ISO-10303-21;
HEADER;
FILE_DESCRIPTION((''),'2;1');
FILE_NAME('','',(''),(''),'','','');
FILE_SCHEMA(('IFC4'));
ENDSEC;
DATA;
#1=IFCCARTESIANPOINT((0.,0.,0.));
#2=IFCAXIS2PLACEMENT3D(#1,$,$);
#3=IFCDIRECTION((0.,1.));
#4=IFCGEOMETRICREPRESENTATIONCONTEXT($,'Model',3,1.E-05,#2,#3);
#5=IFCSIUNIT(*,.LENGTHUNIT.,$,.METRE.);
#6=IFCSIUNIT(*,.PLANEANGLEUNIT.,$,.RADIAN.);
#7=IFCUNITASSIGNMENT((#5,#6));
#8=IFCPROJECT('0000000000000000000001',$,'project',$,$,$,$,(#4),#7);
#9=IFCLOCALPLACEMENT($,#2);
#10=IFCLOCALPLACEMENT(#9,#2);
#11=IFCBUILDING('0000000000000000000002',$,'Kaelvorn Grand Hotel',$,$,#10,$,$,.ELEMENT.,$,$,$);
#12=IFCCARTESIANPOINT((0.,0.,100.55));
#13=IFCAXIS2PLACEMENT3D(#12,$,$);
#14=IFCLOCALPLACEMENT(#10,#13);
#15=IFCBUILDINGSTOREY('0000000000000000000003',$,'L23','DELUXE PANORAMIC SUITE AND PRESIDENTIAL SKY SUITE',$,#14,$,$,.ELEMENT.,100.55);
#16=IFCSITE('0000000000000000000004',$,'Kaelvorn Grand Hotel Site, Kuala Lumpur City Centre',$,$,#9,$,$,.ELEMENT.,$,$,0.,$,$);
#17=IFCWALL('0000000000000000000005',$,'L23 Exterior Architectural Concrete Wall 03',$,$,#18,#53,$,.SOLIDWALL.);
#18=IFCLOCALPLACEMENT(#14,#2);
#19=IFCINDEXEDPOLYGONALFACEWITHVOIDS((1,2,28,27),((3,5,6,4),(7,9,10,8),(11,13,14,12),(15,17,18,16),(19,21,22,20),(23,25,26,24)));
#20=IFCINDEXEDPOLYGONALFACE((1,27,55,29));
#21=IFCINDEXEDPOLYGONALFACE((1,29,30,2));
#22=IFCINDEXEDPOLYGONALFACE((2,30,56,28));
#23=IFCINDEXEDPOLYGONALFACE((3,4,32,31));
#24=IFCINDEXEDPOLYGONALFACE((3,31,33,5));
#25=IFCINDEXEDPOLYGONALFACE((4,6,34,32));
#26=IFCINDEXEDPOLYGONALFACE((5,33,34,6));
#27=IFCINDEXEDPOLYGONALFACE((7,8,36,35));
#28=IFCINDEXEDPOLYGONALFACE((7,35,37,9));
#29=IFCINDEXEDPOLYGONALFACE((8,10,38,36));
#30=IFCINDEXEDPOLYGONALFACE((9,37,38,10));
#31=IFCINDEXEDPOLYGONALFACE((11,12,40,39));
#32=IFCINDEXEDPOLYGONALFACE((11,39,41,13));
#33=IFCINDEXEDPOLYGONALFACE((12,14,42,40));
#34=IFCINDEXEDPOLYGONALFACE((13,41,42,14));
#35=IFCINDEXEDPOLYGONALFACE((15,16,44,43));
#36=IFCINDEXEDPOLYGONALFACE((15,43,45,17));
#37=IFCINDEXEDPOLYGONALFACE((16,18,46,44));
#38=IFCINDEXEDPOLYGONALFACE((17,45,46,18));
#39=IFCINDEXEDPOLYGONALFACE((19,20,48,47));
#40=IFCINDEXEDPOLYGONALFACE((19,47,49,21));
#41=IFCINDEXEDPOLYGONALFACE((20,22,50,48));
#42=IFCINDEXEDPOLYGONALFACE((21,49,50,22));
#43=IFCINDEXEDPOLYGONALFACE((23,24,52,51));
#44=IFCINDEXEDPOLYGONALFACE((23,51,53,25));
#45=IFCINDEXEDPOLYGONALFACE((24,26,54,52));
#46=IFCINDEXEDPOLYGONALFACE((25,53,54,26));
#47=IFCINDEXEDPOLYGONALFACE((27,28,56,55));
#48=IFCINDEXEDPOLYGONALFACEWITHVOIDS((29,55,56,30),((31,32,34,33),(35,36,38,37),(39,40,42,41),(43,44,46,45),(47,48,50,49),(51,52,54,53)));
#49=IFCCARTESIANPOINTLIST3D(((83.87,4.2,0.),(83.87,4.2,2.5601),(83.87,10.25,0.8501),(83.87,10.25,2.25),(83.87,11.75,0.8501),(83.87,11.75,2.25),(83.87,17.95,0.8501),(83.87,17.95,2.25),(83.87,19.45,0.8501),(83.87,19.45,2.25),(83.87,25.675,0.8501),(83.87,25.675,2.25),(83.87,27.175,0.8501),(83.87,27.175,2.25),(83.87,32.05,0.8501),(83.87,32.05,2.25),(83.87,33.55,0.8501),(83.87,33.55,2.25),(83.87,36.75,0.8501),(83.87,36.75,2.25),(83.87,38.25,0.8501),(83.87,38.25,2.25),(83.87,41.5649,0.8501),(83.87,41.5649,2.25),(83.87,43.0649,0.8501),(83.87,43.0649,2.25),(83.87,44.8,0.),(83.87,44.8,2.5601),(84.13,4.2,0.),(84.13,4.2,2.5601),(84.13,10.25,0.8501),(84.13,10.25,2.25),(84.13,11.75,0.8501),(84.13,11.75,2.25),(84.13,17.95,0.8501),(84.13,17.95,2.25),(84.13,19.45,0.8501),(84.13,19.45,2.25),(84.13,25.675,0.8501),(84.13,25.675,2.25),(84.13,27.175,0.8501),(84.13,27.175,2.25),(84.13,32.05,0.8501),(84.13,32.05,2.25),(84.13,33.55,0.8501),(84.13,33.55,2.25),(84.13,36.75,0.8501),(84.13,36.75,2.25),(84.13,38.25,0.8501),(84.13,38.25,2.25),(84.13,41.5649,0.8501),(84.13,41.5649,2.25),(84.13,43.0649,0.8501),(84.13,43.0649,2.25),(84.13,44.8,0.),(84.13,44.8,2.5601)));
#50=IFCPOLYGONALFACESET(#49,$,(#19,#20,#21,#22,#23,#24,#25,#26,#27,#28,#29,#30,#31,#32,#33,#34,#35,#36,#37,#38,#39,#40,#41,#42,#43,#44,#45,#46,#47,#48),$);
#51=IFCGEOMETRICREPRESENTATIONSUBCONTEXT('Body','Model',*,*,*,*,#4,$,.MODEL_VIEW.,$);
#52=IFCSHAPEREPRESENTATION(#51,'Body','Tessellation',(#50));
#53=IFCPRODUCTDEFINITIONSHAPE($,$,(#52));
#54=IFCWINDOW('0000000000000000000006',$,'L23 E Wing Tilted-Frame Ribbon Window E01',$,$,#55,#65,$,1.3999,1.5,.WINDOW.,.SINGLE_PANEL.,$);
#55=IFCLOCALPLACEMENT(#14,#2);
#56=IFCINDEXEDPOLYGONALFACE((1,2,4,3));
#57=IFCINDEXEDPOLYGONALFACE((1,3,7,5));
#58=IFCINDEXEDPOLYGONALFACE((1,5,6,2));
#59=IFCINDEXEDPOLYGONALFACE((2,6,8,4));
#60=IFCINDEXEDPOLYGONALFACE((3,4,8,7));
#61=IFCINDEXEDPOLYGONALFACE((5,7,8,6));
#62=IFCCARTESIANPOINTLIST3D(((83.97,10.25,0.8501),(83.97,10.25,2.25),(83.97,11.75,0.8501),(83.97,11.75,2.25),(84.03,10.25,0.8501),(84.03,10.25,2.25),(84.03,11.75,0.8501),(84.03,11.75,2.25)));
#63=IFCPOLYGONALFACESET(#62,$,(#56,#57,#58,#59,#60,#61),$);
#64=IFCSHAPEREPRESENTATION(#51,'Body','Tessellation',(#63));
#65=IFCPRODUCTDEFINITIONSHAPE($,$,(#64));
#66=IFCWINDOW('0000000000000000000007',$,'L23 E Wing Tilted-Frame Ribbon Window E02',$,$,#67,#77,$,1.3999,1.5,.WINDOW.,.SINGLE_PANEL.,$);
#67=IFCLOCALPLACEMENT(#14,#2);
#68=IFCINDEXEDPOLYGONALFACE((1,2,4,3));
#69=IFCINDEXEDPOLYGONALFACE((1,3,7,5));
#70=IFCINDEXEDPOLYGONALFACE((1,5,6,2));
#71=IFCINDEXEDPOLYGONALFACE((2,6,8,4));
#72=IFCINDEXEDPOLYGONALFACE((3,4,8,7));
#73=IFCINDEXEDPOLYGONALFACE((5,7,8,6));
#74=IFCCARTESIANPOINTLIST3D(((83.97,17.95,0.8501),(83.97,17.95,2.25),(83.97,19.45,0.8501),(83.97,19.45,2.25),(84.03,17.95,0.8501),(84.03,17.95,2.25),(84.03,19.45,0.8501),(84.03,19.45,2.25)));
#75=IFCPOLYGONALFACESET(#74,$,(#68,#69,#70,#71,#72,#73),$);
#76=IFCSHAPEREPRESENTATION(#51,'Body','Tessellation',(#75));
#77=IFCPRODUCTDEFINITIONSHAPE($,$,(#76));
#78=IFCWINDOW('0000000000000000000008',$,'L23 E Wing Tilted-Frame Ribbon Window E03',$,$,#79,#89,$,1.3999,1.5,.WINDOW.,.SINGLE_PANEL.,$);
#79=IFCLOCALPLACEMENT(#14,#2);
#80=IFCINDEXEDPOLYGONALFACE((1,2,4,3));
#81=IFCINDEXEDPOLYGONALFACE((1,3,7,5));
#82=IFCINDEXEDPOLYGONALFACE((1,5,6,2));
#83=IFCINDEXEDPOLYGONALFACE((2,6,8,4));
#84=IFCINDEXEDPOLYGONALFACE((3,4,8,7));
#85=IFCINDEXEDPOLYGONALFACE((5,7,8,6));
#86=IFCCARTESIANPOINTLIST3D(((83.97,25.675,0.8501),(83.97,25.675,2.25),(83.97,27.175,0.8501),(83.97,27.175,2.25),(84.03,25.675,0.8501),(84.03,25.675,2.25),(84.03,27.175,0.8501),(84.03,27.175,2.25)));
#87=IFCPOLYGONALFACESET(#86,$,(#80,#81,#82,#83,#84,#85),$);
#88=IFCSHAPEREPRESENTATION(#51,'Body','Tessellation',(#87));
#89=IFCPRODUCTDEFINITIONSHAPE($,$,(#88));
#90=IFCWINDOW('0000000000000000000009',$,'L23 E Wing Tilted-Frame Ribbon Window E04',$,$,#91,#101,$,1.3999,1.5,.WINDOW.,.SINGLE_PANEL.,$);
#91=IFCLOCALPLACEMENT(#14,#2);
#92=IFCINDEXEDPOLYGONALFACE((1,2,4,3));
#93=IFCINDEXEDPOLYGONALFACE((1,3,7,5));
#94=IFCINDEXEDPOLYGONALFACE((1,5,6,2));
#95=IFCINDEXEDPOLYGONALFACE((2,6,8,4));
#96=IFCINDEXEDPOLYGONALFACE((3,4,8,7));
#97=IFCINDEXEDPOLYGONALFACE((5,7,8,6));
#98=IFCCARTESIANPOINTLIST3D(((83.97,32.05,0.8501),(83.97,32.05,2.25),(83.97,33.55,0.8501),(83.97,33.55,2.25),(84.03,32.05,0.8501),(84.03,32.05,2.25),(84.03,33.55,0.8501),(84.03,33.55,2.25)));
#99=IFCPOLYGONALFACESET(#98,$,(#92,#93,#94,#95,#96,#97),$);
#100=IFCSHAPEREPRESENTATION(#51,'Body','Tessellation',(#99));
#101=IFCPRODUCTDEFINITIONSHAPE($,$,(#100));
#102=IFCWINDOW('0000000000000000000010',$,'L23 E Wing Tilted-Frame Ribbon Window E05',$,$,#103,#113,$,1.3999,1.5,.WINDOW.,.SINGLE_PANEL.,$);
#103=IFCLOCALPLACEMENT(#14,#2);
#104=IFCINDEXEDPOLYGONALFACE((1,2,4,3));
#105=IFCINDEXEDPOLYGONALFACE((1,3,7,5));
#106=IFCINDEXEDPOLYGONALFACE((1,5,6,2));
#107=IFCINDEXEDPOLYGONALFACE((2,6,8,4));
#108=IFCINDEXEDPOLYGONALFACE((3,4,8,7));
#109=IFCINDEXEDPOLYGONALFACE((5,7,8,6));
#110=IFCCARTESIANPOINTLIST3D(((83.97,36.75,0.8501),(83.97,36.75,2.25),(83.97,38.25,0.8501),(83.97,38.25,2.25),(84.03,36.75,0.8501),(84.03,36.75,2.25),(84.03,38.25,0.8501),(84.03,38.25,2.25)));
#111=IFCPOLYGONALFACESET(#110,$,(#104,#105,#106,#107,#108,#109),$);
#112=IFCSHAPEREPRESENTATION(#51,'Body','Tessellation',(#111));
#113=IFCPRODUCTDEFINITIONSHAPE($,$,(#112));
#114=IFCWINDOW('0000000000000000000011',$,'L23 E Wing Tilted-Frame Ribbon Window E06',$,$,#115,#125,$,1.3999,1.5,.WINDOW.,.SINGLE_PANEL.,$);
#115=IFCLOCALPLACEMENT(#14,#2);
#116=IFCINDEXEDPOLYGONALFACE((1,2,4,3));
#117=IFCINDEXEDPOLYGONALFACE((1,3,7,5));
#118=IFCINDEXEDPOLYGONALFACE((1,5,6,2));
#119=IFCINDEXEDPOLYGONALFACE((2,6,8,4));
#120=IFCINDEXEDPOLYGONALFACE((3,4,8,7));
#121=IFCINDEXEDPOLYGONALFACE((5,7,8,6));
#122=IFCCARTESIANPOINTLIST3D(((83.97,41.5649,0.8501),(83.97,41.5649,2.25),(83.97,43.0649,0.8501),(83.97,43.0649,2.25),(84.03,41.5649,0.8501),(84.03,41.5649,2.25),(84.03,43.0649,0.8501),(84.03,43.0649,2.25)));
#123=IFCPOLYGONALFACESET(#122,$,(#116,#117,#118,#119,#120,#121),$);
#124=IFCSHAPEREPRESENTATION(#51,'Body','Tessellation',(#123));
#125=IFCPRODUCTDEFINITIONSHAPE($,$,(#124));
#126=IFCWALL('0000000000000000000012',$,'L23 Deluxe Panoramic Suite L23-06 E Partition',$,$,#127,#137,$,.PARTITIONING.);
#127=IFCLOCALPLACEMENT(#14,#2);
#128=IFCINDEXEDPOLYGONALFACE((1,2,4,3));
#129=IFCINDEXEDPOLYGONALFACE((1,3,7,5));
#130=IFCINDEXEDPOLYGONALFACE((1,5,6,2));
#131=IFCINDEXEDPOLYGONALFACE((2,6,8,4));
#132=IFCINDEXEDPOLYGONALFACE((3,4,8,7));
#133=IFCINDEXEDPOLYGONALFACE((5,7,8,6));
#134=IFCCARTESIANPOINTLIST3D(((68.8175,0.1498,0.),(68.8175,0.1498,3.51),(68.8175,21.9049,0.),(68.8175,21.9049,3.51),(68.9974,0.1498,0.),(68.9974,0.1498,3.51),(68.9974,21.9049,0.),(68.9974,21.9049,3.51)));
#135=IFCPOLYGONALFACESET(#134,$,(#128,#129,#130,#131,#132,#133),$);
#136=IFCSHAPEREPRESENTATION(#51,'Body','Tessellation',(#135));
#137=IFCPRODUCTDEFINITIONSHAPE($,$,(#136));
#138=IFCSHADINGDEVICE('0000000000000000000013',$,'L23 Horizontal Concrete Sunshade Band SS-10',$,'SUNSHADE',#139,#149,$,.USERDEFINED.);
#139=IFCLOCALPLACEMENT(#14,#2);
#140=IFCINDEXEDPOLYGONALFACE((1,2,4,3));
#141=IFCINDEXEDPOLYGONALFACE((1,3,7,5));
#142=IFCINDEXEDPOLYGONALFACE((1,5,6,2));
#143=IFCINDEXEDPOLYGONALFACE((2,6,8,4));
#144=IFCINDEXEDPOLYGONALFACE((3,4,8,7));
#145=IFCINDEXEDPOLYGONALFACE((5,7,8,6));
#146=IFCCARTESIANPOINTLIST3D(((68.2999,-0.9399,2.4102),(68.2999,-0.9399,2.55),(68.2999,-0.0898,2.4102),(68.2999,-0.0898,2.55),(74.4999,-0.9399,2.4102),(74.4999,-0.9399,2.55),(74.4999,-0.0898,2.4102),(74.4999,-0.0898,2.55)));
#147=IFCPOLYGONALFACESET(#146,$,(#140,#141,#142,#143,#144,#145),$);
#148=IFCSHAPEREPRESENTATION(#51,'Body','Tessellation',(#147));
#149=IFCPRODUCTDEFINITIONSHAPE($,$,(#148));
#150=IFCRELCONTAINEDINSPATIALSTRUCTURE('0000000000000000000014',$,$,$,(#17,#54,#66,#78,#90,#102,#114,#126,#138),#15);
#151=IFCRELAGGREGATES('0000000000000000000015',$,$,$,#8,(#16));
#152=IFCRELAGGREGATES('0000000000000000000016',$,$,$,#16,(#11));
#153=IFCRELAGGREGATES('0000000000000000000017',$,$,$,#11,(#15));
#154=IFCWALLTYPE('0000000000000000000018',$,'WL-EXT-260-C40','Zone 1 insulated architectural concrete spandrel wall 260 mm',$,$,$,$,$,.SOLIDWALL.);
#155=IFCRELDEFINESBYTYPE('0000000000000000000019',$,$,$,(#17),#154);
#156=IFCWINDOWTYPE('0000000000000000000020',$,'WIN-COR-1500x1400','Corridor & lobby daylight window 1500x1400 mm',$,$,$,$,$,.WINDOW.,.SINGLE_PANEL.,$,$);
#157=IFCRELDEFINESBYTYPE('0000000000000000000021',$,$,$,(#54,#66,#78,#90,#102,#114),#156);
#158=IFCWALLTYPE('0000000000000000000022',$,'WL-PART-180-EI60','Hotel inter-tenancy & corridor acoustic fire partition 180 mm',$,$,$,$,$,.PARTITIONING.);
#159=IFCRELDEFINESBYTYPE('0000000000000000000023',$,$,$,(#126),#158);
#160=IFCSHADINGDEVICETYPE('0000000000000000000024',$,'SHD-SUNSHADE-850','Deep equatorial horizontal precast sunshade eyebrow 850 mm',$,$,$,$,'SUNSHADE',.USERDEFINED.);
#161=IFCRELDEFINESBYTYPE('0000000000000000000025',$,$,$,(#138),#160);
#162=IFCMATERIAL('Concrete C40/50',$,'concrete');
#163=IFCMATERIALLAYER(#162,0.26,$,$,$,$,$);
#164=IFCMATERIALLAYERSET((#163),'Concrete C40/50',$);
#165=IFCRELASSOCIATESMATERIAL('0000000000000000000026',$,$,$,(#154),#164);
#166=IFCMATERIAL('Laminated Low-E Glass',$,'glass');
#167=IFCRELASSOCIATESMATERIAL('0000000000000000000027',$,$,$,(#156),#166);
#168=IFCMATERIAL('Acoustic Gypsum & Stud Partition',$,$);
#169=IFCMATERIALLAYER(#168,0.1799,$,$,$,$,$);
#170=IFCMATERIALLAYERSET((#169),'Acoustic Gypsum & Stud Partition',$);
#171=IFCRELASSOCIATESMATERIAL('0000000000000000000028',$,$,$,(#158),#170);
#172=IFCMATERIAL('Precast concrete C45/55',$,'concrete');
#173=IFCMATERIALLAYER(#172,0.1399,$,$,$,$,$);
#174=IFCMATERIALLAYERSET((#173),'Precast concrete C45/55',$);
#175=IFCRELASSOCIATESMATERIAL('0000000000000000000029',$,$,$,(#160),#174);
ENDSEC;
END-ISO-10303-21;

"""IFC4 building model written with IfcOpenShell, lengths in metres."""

from ifc_helpers import new_model, si_unit, direction, frame, frame_2d, origin, origin_2d, place, context, subcontext, project, spatial, rectangle, extrude, material, layer, layer_set, type_object, element, fill, save


model = new_model("IFC4")

# Units and contexts
model_context = context("Model", 3, precision=1e-05, world=origin(), true_north=direction((0.0, 1.0)))
body_context = subcontext(model_context, "Body", "Model", "MODEL_VIEW")
ifc_project = project(units=[si_unit("LENGTHUNIT", "METRE"), si_unit("PLANEANGLEUNIT", "RADIAN")], contexts=[model_context])

# Site, building, storey
site_placement = place(None, origin())
site = spatial("IfcSite", under=ifc_project, at=site_placement, Name="Kaelvorn Grand Hotel Site, Kuala Lumpur City Centre", CompositionType="ELEMENT", RefElevation=0.0)
building_placement = place(site_placement, origin())
building = spatial("IfcBuilding", under=site, at=building_placement, Name="Kaelvorn Grand Hotel", CompositionType="ELEMENT")
storey_placement = place(building_placement, frame((0.0, 0.0, 100.55)))
storey = spatial("IfcBuildingStorey", under=building, at=storey_placement, Name="L23", Description="DELUXE PANORAMIC SUITE AND PRESIDENTIAL SKY SUITE", CompositionType="ELEMENT", Elevation=100.55)

# Shared definitions
ifc_material_1 = material(Name="Concrete C40/50", Category="concrete")

# Shared definitions
ifc_material_2 = material(Name="Precast concrete C45/55", Category="concrete")

# Shared definitions
ifc_layer_1 = layer(ifc_material_1, 0.26)
ifc_layer_set_1 = layer_set([ifc_layer_1], Name="Concrete C40/50")
wall_type_1 = type_object("IfcWallType", Name="WL-EXT-260-C40", Description="Zone 1 insulated architectural concrete spandrel wall 260 mm", PredefinedType="SOLIDWALL", material=ifc_layer_set_1)

# Wall, openings, windows
wall_1_placement = place(storey_placement, frame((84.0, 4.2, 0.0), z_axis=(0.0, 0.0, 1.0), x_axis=(0.0, 1.0, 0.0)))
wall_1 = element("IfcWall", 1, at=wall_1_placement, inside=storey, type_object=wall_type_1, Name="L23 Exterior Architectural Concrete Wall 03", PredefinedType="SOLIDWALL", context=body_context, shape_type="SweptSolid", body=[
    extrude(rectangle(XDim=40.6001, YDim=0.26, at=frame_2d((20.3, 0.0))), origin(), (0.0, 0.0, 1.0), 2.5601),
])
opening_1_placement = place(wall_1_placement, frame((6.05, 0.0, 0.8501)))
opening_1 = element("IfcOpeningElement", 2, at=opening_1_placement, cuts=wall_1, PredefinedType="OPENING", context=body_context, shape_type="SweptSolid", body=[
    extrude(rectangle(XDim=1.5, YDim=1.3999, at=frame_2d((0.75, 0.7))), frame((0.0, 0.1401, 0.0), z_axis=(0.0, -1.0, 0.0), x_axis=(1.0, 0.0, 0.0)), (0.0, 0.0, 1.0), 0.28),
])
opening_2_placement = place(wall_1_placement, frame((13.75, 0.0, 0.8501)))
opening_2 = element("IfcOpeningElement", 3, at=opening_2_placement, cuts=wall_1, PredefinedType="OPENING", context=body_context, shape_type="SweptSolid", body=[
    extrude(rectangle(XDim=1.5, YDim=1.3999, at=frame_2d((0.75, 0.7))), frame((0.0, 0.1401, 0.0), z_axis=(0.0, -1.0, 0.0), x_axis=(1.0, 0.0, 0.0)), (0.0, 0.0, 1.0), 0.28),
])
opening_3_placement = place(wall_1_placement, frame((21.4751, 0.0, 0.8501)))
opening_3 = element("IfcOpeningElement", 4, at=opening_3_placement, cuts=wall_1, PredefinedType="OPENING", context=body_context, shape_type="SweptSolid", body=[
    extrude(rectangle(XDim=1.5, YDim=1.3999, at=frame_2d((0.75, 0.7))), frame((0.0, 0.1401, 0.0), z_axis=(0.0, -1.0, 0.0), x_axis=(1.0, 0.0, 0.0)), (0.0, 0.0, 1.0), 0.28),
])
opening_4_placement = place(wall_1_placement, frame((27.8501, 0.0, 0.8501)))
opening_4 = element("IfcOpeningElement", 5, at=opening_4_placement, cuts=wall_1, PredefinedType="OPENING", context=body_context, shape_type="SweptSolid", body=[
    extrude(rectangle(XDim=1.5, YDim=1.3999, at=frame_2d((0.75, 0.7))), frame((0.0, 0.1401, 0.0), z_axis=(0.0, -1.0, 0.0), x_axis=(1.0, 0.0, 0.0)), (0.0, 0.0, 1.0), 0.28),
])
opening_5_placement = place(wall_1_placement, frame((32.55, 0.0, 0.8501)))
opening_5 = element("IfcOpeningElement", 6, at=opening_5_placement, cuts=wall_1, PredefinedType="OPENING", context=body_context, shape_type="SweptSolid", body=[
    extrude(rectangle(XDim=1.5, YDim=1.3999, at=frame_2d((0.75, 0.7))), frame((0.0, 0.1401, 0.0), z_axis=(0.0, -1.0, 0.0), x_axis=(1.0, 0.0, 0.0)), (0.0, 0.0, 1.0), 0.28),
])
opening_6_placement = place(wall_1_placement, frame((37.365, 0.0, 0.8501)))
opening_6 = element("IfcOpeningElement", 7, at=opening_6_placement, cuts=wall_1, PredefinedType="OPENING", context=body_context, shape_type="SweptSolid", body=[
    extrude(rectangle(XDim=1.5, YDim=1.3999, at=frame_2d((0.75, 0.7))), frame((0.0, 0.1401, 0.0), z_axis=(0.0, -1.0, 0.0), x_axis=(1.0, 0.0, 0.0)), (0.0, 0.0, 1.0), 0.28),
])
ifc_material_3 = material(Name="Laminated Low-E Glass", Category="glass")
window_type = type_object("IfcWindowType", Name="WIN-COR-1500x1400", Description="Corridor & lobby daylight window 1500x1400 mm", PartitioningType="SINGLE_PANEL", PredefinedType="WINDOW", material=ifc_material_3)
window_1_placement = place(opening_1_placement, origin())
window_1 = element("IfcWindow", 8, at=window_1_placement, inside=storey, type_object=window_type, Name="L23 E Wing Tilted-Frame Ribbon Window E01", OverallHeight=1.3999, OverallWidth=1.5, PartitioningType="SINGLE_PANEL", PredefinedType="WINDOW", context=body_context, shape_type="SweptSolid", body=[
    extrude(rectangle(XDim=1.5, YDim=1.3999, at=frame_2d((0.75, 0.7))), frame((0.0, 0.03, 0.0), z_axis=(0.0, -1.0, 0.0), x_axis=(1.0, 0.0, 0.0)), (0.0, 0.0, 1.0), 0.0601),
])
fill(opening_1, window_1)
window_2_placement = place(opening_2_placement, origin())
window_2 = element("IfcWindow", 9, at=window_2_placement, inside=storey, type_object=window_type, Name="L23 E Wing Tilted-Frame Ribbon Window E02", OverallHeight=1.3999, OverallWidth=1.5, PartitioningType="SINGLE_PANEL", PredefinedType="WINDOW", context=body_context, shape_type="SweptSolid", body=[
    extrude(rectangle(XDim=1.5, YDim=1.3999, at=frame_2d((0.75, 0.7))), frame((0.0, 0.03, 0.0), z_axis=(0.0, -1.0, 0.0), x_axis=(1.0, 0.0, 0.0)), (0.0, 0.0, 1.0), 0.0601),
])
fill(opening_2, window_2)
window_3_placement = place(opening_3_placement, origin())
window_3 = element("IfcWindow", 10, at=window_3_placement, inside=storey, type_object=window_type, Name="L23 E Wing Tilted-Frame Ribbon Window E03", OverallHeight=1.3999, OverallWidth=1.5, PartitioningType="SINGLE_PANEL", PredefinedType="WINDOW", context=body_context, shape_type="SweptSolid", body=[
    extrude(rectangle(XDim=1.5, YDim=1.3999, at=frame_2d((0.75, 0.7))), frame((0.0, 0.03, 0.0), z_axis=(0.0, -1.0, 0.0), x_axis=(1.0, 0.0, 0.0)), (0.0, 0.0, 1.0), 0.0601),
])
fill(opening_3, window_3)
window_4_placement = place(opening_4_placement, origin())
window_4 = element("IfcWindow", 11, at=window_4_placement, inside=storey, type_object=window_type, Name="L23 E Wing Tilted-Frame Ribbon Window E04", OverallHeight=1.3999, OverallWidth=1.5, PartitioningType="SINGLE_PANEL", PredefinedType="WINDOW", context=body_context, shape_type="SweptSolid", body=[
    extrude(rectangle(XDim=1.5, YDim=1.3999, at=frame_2d((0.75, 0.7))), frame((0.0, 0.03, 0.0), z_axis=(0.0, -1.0, 0.0), x_axis=(1.0, 0.0, 0.0)), (0.0, 0.0, 1.0), 0.0601),
])
fill(opening_4, window_4)
window_5_placement = place(opening_5_placement, origin())
window_5 = element("IfcWindow", 12, at=window_5_placement, inside=storey, type_object=window_type, Name="L23 E Wing Tilted-Frame Ribbon Window E05", OverallHeight=1.3999, OverallWidth=1.5, PartitioningType="SINGLE_PANEL", PredefinedType="WINDOW", context=body_context, shape_type="SweptSolid", body=[
    extrude(rectangle(XDim=1.5, YDim=1.3999, at=frame_2d((0.75, 0.7))), frame((0.0, 0.03, 0.0), z_axis=(0.0, -1.0, 0.0), x_axis=(1.0, 0.0, 0.0)), (0.0, 0.0, 1.0), 0.0601),
])
fill(opening_5, window_5)
window_6_placement = place(opening_6_placement, origin())
window_6 = element("IfcWindow", 13, at=window_6_placement, inside=storey, type_object=window_type, Name="L23 E Wing Tilted-Frame Ribbon Window E06", OverallHeight=1.3999, OverallWidth=1.5, PartitioningType="SINGLE_PANEL", PredefinedType="WINDOW", context=body_context, shape_type="SweptSolid", body=[
    extrude(rectangle(XDim=1.5, YDim=1.3999, at=frame_2d((0.75, 0.7))), frame((0.0, 0.03, 0.0), z_axis=(0.0, -1.0, 0.0), x_axis=(1.0, 0.0, 0.0)), (0.0, 0.0, 1.0), 0.0601),
])
fill(opening_6, window_6)

# Wall
ifc_material_4 = material(Name="Acoustic Gypsum & Stud Partition")
ifc_layer_2 = layer(ifc_material_4, 0.1799)
ifc_layer_set_2 = layer_set([ifc_layer_2], Name="Acoustic Gypsum & Stud Partition")
wall_type_2 = type_object("IfcWallType", Name="WL-PART-180-EI60", Description="Hotel inter-tenancy & corridor acoustic fire partition 180 mm", PredefinedType="PARTITIONING", material=ifc_layer_set_2)
wall_2_placement = place(storey_placement, frame((68.9075, 0.1499, 0.0), z_axis=(0.0, 0.0, 1.0), x_axis=(0.0, 1.0, 0.0)))
element("IfcWall", 14, at=wall_2_placement, inside=storey, type_object=wall_type_2, Name="L23 Deluxe Panoramic Suite L23-06 E Partition", PredefinedType="PARTITIONING", context=body_context, shape_type="SweptSolid", body=[
    extrude(rectangle(XDim=21.7551, YDim=0.1799, at=frame_2d((10.8774, 0.0))), origin(), (0.0, 0.0, 1.0), 3.51),
])

# Shading device
ifc_layer_3 = layer(ifc_material_2, 0.1399)
ifc_layer_set_3 = layer_set([ifc_layer_3], Name="Precast concrete C45/55")
shading_device_type = type_object("IfcShadingDeviceType", Name="SHD-SUNSHADE-850", Description="Deep equatorial horizontal precast sunshade eyebrow 850 mm", ElementType="SUNSHADE", PredefinedType="USERDEFINED", material=ifc_layer_set_3)
shading_device_placement = place(storey_placement, frame((71.3999, -0.5149, 2.4102), z_axis=(0.0, 0.0, 1.0), x_axis=(1.0, 0.0, 0.0)))
element("IfcShadingDevice", 15, at=shading_device_placement, inside=storey, type_object=shading_device_type, Name="L23 Horizontal Concrete Sunshade Band SS-10", ObjectType="SUNSHADE", PredefinedType="USERDEFINED", context=body_context, shape_type="SweptSolid", body=[
    extrude(rectangle(XDim=6.2, YDim=0.8501, at=origin_2d()), origin(), (0.0, 0.0, 1.0), 0.1399),
])

save(model, "model.ifc")
